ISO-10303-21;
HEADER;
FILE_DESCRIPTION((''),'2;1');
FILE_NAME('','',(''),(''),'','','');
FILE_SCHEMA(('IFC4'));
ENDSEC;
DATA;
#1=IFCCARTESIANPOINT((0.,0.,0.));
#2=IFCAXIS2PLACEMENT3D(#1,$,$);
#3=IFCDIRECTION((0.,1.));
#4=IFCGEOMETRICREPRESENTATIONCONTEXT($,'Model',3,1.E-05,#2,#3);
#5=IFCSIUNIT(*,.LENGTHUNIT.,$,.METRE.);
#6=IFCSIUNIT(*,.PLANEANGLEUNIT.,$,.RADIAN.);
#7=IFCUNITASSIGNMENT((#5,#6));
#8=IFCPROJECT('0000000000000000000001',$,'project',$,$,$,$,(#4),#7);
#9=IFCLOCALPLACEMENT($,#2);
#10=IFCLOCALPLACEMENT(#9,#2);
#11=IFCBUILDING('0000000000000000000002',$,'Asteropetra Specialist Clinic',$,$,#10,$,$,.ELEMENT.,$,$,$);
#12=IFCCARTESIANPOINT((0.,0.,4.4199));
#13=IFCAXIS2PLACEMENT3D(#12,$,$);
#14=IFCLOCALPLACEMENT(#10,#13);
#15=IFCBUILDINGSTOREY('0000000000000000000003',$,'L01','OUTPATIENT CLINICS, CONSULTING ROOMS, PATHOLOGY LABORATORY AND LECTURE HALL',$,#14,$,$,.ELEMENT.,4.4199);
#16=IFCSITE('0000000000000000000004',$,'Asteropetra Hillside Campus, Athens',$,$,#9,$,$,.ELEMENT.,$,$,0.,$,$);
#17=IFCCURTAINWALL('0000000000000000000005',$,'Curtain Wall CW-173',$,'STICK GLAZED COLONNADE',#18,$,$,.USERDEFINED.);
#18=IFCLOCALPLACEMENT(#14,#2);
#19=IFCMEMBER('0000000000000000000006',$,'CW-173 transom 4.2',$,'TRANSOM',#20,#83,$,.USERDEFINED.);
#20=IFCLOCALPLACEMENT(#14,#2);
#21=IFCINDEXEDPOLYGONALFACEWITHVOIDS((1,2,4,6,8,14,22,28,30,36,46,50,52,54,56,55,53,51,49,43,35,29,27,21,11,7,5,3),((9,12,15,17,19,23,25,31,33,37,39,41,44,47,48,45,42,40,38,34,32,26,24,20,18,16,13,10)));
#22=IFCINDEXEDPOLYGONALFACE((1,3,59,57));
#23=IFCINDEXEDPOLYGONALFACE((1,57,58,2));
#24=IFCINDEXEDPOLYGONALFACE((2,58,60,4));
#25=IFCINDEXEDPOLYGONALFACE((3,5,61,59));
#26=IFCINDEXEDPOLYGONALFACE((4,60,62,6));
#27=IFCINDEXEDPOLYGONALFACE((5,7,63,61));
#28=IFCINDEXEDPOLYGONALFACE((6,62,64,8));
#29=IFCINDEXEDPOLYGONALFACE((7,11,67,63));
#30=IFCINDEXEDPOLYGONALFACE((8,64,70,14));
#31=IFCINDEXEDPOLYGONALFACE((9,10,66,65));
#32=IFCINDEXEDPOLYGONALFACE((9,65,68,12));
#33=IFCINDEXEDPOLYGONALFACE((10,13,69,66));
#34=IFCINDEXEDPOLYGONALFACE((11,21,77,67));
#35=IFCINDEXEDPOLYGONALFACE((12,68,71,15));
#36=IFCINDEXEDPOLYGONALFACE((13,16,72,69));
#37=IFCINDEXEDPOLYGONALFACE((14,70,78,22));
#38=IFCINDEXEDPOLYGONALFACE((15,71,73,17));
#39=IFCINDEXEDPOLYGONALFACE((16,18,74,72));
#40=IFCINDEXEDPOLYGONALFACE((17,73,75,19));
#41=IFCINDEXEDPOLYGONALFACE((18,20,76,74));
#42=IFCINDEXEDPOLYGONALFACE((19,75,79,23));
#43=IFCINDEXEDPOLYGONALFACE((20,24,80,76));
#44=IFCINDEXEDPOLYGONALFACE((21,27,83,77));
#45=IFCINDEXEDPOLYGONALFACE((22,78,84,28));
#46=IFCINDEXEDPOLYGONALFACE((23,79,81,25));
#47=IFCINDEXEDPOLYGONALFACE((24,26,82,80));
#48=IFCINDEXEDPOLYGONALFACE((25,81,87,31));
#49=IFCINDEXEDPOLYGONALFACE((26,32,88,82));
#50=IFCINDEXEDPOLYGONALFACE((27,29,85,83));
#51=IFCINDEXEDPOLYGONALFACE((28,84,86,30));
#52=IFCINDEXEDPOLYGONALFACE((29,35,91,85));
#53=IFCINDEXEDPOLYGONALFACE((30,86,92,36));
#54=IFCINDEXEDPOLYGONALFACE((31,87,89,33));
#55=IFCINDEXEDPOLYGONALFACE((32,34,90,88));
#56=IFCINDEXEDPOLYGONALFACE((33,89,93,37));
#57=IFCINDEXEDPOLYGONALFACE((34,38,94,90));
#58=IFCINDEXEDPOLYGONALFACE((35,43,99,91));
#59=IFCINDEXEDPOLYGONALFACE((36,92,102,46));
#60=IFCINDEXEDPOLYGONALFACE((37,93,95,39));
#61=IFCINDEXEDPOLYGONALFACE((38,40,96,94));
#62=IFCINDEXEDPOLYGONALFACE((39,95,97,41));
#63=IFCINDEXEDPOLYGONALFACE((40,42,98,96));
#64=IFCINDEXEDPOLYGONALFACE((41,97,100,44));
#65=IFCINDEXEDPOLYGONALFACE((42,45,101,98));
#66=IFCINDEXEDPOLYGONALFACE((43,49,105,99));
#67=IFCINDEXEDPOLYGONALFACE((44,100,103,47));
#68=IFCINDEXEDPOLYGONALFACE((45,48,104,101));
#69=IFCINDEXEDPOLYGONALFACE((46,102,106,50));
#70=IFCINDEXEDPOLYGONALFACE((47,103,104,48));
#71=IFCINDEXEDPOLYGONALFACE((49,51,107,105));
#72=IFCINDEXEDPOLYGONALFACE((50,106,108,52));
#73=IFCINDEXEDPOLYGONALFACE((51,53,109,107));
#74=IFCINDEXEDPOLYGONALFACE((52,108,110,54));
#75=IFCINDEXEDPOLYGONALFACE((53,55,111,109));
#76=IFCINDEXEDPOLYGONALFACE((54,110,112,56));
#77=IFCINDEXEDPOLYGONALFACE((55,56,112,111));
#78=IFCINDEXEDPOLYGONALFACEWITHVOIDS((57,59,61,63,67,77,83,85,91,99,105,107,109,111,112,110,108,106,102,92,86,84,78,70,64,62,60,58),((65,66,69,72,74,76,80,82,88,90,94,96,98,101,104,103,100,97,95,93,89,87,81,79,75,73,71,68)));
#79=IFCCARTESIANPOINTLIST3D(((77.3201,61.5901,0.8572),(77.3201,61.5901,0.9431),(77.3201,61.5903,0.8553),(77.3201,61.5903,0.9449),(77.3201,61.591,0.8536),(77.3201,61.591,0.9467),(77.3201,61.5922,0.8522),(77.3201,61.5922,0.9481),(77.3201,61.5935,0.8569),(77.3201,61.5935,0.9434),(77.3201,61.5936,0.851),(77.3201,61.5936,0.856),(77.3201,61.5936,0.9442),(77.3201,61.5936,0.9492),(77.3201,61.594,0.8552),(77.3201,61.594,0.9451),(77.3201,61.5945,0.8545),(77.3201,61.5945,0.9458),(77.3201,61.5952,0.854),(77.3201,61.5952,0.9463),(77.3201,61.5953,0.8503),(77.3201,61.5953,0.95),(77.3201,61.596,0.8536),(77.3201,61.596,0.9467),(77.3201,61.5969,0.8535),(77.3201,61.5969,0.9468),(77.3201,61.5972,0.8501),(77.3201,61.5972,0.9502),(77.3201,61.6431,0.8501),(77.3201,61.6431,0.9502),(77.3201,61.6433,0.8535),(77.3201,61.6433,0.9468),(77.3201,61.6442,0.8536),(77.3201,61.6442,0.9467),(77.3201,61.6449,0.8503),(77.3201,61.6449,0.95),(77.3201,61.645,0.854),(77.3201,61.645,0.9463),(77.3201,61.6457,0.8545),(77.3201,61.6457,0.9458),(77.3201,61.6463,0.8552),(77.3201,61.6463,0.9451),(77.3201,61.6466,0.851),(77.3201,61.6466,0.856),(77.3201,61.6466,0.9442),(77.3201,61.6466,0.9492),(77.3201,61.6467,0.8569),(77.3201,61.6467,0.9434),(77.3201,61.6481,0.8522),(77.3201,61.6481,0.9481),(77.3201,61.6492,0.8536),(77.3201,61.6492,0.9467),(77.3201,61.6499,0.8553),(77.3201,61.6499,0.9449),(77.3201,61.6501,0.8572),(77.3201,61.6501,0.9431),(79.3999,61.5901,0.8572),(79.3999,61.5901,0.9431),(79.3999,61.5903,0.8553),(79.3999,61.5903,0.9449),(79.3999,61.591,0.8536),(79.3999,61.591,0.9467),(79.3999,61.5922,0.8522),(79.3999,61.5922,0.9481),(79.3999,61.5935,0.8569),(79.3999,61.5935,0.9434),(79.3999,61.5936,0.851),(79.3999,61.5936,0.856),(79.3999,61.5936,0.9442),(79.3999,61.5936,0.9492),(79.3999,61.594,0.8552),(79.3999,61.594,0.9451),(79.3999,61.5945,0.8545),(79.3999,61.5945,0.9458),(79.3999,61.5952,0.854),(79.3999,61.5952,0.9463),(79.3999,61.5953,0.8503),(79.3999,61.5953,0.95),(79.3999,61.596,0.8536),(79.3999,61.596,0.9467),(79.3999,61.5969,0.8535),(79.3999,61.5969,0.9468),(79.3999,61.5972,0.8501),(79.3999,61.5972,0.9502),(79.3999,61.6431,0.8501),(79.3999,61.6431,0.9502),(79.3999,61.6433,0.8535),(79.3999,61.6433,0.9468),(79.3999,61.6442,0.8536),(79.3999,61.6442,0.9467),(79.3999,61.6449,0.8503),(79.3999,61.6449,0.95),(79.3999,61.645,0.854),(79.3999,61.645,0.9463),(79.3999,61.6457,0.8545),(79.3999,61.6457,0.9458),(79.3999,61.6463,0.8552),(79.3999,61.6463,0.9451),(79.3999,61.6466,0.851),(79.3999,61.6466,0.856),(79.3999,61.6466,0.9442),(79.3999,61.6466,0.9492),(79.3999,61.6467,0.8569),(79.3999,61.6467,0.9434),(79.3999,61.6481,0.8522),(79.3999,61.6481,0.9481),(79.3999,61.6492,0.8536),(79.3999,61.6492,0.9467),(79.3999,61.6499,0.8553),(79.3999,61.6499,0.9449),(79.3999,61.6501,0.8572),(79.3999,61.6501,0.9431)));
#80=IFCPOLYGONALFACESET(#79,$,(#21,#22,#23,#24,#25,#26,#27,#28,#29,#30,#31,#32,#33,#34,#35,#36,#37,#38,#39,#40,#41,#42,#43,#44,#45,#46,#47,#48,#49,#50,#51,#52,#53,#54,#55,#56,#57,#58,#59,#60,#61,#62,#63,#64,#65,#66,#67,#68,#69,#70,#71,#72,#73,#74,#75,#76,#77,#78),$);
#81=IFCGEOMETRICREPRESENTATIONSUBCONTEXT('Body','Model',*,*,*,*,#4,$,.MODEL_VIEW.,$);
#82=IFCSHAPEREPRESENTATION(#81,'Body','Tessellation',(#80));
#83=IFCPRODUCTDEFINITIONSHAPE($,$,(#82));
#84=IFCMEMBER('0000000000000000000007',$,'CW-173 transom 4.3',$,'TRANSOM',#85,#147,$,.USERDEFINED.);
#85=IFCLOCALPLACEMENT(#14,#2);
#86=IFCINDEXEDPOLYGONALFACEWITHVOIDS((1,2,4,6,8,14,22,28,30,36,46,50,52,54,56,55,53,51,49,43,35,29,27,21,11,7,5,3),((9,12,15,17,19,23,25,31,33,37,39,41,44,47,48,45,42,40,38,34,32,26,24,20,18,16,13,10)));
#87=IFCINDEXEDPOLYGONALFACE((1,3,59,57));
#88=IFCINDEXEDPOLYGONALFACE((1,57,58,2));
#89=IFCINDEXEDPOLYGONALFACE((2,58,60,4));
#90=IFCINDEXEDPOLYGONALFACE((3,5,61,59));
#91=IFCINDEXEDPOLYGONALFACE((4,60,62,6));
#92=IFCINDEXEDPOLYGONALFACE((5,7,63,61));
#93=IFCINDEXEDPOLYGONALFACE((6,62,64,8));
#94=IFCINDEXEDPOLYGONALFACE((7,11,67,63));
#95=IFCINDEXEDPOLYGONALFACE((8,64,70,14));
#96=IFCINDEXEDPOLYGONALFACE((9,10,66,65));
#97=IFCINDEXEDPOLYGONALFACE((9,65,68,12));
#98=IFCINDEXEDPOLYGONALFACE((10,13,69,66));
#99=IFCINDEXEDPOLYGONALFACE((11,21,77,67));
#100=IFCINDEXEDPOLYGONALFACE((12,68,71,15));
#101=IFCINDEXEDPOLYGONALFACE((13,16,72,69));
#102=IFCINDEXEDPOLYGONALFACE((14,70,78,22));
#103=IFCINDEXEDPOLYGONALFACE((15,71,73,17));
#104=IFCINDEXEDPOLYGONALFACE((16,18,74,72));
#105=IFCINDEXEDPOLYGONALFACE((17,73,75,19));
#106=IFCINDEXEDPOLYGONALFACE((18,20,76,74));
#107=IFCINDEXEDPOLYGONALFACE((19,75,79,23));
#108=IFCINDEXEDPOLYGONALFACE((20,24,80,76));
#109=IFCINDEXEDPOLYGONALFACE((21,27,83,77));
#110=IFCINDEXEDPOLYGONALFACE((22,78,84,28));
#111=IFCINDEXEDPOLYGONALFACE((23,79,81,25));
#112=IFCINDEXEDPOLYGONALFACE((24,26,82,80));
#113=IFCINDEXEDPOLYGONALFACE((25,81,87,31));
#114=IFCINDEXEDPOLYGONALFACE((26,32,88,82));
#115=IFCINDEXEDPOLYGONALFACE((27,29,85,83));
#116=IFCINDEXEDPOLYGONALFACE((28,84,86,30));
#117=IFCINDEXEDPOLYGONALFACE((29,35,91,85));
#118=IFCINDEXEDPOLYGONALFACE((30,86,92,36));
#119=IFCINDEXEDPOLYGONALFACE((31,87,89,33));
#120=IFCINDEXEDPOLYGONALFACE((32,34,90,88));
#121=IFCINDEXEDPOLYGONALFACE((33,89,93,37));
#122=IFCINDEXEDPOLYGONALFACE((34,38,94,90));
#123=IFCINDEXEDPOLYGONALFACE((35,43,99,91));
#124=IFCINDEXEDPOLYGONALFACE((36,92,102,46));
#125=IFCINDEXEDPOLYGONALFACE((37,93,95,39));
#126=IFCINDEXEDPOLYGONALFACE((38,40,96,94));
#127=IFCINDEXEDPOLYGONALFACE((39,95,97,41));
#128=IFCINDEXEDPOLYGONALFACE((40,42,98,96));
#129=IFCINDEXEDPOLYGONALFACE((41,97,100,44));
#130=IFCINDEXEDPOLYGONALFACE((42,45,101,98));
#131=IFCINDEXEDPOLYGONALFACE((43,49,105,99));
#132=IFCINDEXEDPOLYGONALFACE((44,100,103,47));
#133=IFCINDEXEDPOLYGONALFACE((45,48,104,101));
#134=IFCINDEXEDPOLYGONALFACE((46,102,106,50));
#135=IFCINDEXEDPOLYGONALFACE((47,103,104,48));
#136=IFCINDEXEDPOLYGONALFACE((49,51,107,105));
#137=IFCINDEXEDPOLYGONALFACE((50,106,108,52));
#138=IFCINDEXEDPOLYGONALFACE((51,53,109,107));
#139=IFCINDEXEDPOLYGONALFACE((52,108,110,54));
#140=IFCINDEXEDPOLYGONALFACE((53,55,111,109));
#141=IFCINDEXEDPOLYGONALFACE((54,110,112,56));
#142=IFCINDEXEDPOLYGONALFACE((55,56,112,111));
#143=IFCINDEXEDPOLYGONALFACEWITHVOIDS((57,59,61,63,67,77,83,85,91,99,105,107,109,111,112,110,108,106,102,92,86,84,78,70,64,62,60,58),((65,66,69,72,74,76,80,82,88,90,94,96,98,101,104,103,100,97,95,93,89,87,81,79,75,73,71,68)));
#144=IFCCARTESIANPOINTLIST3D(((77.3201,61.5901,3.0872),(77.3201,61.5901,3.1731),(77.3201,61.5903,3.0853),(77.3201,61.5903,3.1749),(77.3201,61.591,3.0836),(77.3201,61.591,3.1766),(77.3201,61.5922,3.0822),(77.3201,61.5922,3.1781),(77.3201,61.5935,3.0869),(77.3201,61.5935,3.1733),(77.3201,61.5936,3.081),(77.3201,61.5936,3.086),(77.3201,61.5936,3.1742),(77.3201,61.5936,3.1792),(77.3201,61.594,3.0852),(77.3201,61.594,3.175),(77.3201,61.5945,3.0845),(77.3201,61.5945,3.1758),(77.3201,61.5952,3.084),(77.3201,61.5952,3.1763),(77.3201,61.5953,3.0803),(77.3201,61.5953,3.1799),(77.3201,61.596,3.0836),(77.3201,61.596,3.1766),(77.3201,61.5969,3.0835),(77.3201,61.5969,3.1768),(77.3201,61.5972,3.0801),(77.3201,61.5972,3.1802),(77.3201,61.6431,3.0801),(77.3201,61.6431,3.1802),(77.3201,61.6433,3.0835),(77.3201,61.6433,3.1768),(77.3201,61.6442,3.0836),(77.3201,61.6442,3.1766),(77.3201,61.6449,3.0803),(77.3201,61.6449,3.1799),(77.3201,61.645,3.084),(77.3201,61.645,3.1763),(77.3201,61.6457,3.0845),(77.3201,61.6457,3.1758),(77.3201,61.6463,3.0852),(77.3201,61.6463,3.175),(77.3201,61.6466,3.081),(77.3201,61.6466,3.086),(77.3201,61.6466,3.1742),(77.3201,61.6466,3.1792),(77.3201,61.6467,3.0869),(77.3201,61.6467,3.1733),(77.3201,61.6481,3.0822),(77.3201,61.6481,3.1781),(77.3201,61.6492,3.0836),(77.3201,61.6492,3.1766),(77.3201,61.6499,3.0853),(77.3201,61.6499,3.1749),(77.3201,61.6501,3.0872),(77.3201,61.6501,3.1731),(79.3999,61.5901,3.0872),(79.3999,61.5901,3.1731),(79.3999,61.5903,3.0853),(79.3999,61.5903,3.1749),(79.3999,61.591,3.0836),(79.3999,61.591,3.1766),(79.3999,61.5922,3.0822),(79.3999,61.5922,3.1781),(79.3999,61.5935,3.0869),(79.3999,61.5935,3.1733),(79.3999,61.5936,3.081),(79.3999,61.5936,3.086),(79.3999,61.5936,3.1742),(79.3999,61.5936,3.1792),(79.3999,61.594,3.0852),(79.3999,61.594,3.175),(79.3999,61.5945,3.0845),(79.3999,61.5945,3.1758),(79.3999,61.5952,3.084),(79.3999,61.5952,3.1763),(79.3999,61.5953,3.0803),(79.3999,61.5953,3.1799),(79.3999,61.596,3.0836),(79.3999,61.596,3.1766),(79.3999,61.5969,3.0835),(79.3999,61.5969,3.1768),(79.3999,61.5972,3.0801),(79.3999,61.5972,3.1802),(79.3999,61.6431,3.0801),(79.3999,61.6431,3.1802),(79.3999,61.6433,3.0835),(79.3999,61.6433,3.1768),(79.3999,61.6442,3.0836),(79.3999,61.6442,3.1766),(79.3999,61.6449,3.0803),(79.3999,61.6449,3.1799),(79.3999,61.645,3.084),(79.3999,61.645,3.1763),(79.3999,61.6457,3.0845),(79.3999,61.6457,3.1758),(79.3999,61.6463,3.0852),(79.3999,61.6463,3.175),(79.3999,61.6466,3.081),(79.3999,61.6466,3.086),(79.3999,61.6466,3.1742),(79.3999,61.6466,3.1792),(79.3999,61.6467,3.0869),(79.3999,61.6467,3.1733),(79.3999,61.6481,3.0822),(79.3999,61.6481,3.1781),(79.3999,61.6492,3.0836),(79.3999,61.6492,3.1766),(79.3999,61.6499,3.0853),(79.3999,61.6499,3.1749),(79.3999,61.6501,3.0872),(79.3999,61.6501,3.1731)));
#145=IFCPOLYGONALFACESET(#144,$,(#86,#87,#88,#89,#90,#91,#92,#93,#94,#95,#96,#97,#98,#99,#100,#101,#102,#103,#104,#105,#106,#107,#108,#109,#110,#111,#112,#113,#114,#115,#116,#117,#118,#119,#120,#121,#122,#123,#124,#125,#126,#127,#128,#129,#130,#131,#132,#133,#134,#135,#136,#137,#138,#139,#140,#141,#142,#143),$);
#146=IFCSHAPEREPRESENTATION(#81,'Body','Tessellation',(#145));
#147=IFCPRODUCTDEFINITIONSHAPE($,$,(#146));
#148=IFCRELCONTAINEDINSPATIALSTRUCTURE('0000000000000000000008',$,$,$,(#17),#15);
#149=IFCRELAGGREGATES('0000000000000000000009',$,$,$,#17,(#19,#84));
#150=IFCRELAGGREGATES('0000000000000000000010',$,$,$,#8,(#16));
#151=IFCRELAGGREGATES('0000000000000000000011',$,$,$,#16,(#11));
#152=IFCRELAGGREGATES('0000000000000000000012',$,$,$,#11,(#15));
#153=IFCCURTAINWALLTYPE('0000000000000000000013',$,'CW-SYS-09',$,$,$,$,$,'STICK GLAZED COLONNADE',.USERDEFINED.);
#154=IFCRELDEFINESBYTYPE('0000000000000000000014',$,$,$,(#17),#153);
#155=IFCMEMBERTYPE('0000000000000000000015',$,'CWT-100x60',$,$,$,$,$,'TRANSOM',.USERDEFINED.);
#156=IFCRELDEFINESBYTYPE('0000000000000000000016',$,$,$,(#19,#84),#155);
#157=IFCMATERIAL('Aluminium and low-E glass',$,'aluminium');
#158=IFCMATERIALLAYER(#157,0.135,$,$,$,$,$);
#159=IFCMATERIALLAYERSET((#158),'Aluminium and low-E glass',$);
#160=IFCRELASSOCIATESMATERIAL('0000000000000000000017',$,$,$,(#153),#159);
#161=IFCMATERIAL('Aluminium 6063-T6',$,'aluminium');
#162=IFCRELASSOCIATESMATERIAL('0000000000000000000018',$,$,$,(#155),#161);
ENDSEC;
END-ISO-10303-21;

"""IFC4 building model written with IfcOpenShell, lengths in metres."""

from ifc_helpers import new_model, si_unit, direction, frame, origin, origin_2d, place, context, subcontext, project, spatial, hollow_rectangle, extrude, material, layer, layer_set, material_profile, profile_set, type_object, element, aggregate, save


model = new_model("IFC4")

# Units and contexts
model_context = context("Model", 3, precision=1e-05, world=origin(), true_north=direction((0.0, 1.0)))
body_context = subcontext(model_context, "Body", "Model", "MODEL_VIEW")
ifc_project = project(units=[si_unit("LENGTHUNIT", "METRE"), si_unit("PLANEANGLEUNIT", "RADIAN")], contexts=[model_context])

# Site, building, storey
site_placement = place(None, origin())
site = spatial("IfcSite", under=ifc_project, at=site_placement, Name="Asteropetra Hillside Campus, Athens", CompositionType="ELEMENT", RefElevation=0.0)
building_placement = place(site_placement, origin())
building = spatial("IfcBuilding", under=site, at=building_placement, Name="Asteropetra Specialist Clinic", CompositionType="ELEMENT")
storey_placement = place(building_placement, frame((0.0, 0.0, 4.4199)))
storey = spatial("IfcBuildingStorey", under=building, at=storey_placement, Name="L01", Description="OUTPATIENT CLINICS, CONSULTING ROOMS, PATHOLOGY LABORATORY AND LECTURE HALL", CompositionType="ELEMENT", Elevation=4.4199)

# Curtain wall, members
ifc_material_1 = material(Name="Aluminium and low-E glass", Category="aluminium")
ifc_layer_1 = layer(ifc_material_1, 0.135)
ifc_layer_set_1 = layer_set([ifc_layer_1], Name="Aluminium and low-E glass")
curtain_wall_type = type_object("IfcCurtainWallType", Name="CW-SYS-09", ElementType="STICK GLAZED COLONNADE", PredefinedType="USERDEFINED", material=ifc_layer_set_1)
curtain_wall_placement = place(storey_placement, origin())
curtain_wall = element("IfcCurtainWall", 1, at=curtain_wall_placement, inside=storey, type_object=curtain_wall_type, Name="Curtain Wall CW-173", ObjectType="STICK GLAZED COLONNADE", PredefinedType="USERDEFINED")
ifc_material_2 = material(Name="Aluminium 6063-T6", Category="aluminium")
ifc_material_profile_1 = material_profile(ifc_material_2, hollow_rectangle(XDim=0.0601, YDim=0.1001, WallThickness=0.0034, InnerFilletRadius=0.0034, OuterFilletRadius=0.0071, at=origin_2d()), Name="TRN 100x60x3.5")
ifc_profile_set_1 = profile_set([ifc_material_profile_1], Name="Aluminium 6063-T6")
member_type_1 = type_object("IfcMemberType", Name="CWT-100x60", ElementType="TRANSOM", PredefinedType="USERDEFINED", material=ifc_profile_set_1)
member_1_placement = place(storey_placement, frame((79.3999, 61.6201, 0.9001), z_axis=(-1.0, 0.0, 0.0), x_axis=(0.0, -1.0, 0.0)))
member_1 = element("IfcMember", 2, at=member_1_placement, type_object=member_type_1, Name="CW-173 transom 4.2", ObjectType="TRANSOM", PredefinedType="USERDEFINED", context=body_context, shape_type="SweptSolid", body=[
    extrude(hollow_rectangle(XDim=0.0601, YDim=0.1001, WallThickness=0.0034, InnerFilletRadius=0.0034, OuterFilletRadius=0.0071, at=origin_2d()), origin(), (0.0, 0.0, 1.0), 2.0798),
])
member_2_placement = place(storey_placement, frame((79.3999, 61.6201, 3.1301), z_axis=(-1.0, 0.0, 0.0), x_axis=(0.0, -1.0, 0.0)))
member_2 = element("IfcMember", 3, at=member_2_placement, type_object=member_type_1, Name="CW-173 transom 4.3", ObjectType="TRANSOM", PredefinedType="USERDEFINED", context=body_context, shape_type="SweptSolid", body=[
    extrude(hollow_rectangle(XDim=0.0601, YDim=0.1001, WallThickness=0.0034, InnerFilletRadius=0.0034, OuterFilletRadius=0.0071, at=origin_2d()), origin(), (0.0, 0.0, 1.0), 2.0798),
])

aggregate(curtain_wall, [member_1, member_2])

save(model, "model.ifc")
